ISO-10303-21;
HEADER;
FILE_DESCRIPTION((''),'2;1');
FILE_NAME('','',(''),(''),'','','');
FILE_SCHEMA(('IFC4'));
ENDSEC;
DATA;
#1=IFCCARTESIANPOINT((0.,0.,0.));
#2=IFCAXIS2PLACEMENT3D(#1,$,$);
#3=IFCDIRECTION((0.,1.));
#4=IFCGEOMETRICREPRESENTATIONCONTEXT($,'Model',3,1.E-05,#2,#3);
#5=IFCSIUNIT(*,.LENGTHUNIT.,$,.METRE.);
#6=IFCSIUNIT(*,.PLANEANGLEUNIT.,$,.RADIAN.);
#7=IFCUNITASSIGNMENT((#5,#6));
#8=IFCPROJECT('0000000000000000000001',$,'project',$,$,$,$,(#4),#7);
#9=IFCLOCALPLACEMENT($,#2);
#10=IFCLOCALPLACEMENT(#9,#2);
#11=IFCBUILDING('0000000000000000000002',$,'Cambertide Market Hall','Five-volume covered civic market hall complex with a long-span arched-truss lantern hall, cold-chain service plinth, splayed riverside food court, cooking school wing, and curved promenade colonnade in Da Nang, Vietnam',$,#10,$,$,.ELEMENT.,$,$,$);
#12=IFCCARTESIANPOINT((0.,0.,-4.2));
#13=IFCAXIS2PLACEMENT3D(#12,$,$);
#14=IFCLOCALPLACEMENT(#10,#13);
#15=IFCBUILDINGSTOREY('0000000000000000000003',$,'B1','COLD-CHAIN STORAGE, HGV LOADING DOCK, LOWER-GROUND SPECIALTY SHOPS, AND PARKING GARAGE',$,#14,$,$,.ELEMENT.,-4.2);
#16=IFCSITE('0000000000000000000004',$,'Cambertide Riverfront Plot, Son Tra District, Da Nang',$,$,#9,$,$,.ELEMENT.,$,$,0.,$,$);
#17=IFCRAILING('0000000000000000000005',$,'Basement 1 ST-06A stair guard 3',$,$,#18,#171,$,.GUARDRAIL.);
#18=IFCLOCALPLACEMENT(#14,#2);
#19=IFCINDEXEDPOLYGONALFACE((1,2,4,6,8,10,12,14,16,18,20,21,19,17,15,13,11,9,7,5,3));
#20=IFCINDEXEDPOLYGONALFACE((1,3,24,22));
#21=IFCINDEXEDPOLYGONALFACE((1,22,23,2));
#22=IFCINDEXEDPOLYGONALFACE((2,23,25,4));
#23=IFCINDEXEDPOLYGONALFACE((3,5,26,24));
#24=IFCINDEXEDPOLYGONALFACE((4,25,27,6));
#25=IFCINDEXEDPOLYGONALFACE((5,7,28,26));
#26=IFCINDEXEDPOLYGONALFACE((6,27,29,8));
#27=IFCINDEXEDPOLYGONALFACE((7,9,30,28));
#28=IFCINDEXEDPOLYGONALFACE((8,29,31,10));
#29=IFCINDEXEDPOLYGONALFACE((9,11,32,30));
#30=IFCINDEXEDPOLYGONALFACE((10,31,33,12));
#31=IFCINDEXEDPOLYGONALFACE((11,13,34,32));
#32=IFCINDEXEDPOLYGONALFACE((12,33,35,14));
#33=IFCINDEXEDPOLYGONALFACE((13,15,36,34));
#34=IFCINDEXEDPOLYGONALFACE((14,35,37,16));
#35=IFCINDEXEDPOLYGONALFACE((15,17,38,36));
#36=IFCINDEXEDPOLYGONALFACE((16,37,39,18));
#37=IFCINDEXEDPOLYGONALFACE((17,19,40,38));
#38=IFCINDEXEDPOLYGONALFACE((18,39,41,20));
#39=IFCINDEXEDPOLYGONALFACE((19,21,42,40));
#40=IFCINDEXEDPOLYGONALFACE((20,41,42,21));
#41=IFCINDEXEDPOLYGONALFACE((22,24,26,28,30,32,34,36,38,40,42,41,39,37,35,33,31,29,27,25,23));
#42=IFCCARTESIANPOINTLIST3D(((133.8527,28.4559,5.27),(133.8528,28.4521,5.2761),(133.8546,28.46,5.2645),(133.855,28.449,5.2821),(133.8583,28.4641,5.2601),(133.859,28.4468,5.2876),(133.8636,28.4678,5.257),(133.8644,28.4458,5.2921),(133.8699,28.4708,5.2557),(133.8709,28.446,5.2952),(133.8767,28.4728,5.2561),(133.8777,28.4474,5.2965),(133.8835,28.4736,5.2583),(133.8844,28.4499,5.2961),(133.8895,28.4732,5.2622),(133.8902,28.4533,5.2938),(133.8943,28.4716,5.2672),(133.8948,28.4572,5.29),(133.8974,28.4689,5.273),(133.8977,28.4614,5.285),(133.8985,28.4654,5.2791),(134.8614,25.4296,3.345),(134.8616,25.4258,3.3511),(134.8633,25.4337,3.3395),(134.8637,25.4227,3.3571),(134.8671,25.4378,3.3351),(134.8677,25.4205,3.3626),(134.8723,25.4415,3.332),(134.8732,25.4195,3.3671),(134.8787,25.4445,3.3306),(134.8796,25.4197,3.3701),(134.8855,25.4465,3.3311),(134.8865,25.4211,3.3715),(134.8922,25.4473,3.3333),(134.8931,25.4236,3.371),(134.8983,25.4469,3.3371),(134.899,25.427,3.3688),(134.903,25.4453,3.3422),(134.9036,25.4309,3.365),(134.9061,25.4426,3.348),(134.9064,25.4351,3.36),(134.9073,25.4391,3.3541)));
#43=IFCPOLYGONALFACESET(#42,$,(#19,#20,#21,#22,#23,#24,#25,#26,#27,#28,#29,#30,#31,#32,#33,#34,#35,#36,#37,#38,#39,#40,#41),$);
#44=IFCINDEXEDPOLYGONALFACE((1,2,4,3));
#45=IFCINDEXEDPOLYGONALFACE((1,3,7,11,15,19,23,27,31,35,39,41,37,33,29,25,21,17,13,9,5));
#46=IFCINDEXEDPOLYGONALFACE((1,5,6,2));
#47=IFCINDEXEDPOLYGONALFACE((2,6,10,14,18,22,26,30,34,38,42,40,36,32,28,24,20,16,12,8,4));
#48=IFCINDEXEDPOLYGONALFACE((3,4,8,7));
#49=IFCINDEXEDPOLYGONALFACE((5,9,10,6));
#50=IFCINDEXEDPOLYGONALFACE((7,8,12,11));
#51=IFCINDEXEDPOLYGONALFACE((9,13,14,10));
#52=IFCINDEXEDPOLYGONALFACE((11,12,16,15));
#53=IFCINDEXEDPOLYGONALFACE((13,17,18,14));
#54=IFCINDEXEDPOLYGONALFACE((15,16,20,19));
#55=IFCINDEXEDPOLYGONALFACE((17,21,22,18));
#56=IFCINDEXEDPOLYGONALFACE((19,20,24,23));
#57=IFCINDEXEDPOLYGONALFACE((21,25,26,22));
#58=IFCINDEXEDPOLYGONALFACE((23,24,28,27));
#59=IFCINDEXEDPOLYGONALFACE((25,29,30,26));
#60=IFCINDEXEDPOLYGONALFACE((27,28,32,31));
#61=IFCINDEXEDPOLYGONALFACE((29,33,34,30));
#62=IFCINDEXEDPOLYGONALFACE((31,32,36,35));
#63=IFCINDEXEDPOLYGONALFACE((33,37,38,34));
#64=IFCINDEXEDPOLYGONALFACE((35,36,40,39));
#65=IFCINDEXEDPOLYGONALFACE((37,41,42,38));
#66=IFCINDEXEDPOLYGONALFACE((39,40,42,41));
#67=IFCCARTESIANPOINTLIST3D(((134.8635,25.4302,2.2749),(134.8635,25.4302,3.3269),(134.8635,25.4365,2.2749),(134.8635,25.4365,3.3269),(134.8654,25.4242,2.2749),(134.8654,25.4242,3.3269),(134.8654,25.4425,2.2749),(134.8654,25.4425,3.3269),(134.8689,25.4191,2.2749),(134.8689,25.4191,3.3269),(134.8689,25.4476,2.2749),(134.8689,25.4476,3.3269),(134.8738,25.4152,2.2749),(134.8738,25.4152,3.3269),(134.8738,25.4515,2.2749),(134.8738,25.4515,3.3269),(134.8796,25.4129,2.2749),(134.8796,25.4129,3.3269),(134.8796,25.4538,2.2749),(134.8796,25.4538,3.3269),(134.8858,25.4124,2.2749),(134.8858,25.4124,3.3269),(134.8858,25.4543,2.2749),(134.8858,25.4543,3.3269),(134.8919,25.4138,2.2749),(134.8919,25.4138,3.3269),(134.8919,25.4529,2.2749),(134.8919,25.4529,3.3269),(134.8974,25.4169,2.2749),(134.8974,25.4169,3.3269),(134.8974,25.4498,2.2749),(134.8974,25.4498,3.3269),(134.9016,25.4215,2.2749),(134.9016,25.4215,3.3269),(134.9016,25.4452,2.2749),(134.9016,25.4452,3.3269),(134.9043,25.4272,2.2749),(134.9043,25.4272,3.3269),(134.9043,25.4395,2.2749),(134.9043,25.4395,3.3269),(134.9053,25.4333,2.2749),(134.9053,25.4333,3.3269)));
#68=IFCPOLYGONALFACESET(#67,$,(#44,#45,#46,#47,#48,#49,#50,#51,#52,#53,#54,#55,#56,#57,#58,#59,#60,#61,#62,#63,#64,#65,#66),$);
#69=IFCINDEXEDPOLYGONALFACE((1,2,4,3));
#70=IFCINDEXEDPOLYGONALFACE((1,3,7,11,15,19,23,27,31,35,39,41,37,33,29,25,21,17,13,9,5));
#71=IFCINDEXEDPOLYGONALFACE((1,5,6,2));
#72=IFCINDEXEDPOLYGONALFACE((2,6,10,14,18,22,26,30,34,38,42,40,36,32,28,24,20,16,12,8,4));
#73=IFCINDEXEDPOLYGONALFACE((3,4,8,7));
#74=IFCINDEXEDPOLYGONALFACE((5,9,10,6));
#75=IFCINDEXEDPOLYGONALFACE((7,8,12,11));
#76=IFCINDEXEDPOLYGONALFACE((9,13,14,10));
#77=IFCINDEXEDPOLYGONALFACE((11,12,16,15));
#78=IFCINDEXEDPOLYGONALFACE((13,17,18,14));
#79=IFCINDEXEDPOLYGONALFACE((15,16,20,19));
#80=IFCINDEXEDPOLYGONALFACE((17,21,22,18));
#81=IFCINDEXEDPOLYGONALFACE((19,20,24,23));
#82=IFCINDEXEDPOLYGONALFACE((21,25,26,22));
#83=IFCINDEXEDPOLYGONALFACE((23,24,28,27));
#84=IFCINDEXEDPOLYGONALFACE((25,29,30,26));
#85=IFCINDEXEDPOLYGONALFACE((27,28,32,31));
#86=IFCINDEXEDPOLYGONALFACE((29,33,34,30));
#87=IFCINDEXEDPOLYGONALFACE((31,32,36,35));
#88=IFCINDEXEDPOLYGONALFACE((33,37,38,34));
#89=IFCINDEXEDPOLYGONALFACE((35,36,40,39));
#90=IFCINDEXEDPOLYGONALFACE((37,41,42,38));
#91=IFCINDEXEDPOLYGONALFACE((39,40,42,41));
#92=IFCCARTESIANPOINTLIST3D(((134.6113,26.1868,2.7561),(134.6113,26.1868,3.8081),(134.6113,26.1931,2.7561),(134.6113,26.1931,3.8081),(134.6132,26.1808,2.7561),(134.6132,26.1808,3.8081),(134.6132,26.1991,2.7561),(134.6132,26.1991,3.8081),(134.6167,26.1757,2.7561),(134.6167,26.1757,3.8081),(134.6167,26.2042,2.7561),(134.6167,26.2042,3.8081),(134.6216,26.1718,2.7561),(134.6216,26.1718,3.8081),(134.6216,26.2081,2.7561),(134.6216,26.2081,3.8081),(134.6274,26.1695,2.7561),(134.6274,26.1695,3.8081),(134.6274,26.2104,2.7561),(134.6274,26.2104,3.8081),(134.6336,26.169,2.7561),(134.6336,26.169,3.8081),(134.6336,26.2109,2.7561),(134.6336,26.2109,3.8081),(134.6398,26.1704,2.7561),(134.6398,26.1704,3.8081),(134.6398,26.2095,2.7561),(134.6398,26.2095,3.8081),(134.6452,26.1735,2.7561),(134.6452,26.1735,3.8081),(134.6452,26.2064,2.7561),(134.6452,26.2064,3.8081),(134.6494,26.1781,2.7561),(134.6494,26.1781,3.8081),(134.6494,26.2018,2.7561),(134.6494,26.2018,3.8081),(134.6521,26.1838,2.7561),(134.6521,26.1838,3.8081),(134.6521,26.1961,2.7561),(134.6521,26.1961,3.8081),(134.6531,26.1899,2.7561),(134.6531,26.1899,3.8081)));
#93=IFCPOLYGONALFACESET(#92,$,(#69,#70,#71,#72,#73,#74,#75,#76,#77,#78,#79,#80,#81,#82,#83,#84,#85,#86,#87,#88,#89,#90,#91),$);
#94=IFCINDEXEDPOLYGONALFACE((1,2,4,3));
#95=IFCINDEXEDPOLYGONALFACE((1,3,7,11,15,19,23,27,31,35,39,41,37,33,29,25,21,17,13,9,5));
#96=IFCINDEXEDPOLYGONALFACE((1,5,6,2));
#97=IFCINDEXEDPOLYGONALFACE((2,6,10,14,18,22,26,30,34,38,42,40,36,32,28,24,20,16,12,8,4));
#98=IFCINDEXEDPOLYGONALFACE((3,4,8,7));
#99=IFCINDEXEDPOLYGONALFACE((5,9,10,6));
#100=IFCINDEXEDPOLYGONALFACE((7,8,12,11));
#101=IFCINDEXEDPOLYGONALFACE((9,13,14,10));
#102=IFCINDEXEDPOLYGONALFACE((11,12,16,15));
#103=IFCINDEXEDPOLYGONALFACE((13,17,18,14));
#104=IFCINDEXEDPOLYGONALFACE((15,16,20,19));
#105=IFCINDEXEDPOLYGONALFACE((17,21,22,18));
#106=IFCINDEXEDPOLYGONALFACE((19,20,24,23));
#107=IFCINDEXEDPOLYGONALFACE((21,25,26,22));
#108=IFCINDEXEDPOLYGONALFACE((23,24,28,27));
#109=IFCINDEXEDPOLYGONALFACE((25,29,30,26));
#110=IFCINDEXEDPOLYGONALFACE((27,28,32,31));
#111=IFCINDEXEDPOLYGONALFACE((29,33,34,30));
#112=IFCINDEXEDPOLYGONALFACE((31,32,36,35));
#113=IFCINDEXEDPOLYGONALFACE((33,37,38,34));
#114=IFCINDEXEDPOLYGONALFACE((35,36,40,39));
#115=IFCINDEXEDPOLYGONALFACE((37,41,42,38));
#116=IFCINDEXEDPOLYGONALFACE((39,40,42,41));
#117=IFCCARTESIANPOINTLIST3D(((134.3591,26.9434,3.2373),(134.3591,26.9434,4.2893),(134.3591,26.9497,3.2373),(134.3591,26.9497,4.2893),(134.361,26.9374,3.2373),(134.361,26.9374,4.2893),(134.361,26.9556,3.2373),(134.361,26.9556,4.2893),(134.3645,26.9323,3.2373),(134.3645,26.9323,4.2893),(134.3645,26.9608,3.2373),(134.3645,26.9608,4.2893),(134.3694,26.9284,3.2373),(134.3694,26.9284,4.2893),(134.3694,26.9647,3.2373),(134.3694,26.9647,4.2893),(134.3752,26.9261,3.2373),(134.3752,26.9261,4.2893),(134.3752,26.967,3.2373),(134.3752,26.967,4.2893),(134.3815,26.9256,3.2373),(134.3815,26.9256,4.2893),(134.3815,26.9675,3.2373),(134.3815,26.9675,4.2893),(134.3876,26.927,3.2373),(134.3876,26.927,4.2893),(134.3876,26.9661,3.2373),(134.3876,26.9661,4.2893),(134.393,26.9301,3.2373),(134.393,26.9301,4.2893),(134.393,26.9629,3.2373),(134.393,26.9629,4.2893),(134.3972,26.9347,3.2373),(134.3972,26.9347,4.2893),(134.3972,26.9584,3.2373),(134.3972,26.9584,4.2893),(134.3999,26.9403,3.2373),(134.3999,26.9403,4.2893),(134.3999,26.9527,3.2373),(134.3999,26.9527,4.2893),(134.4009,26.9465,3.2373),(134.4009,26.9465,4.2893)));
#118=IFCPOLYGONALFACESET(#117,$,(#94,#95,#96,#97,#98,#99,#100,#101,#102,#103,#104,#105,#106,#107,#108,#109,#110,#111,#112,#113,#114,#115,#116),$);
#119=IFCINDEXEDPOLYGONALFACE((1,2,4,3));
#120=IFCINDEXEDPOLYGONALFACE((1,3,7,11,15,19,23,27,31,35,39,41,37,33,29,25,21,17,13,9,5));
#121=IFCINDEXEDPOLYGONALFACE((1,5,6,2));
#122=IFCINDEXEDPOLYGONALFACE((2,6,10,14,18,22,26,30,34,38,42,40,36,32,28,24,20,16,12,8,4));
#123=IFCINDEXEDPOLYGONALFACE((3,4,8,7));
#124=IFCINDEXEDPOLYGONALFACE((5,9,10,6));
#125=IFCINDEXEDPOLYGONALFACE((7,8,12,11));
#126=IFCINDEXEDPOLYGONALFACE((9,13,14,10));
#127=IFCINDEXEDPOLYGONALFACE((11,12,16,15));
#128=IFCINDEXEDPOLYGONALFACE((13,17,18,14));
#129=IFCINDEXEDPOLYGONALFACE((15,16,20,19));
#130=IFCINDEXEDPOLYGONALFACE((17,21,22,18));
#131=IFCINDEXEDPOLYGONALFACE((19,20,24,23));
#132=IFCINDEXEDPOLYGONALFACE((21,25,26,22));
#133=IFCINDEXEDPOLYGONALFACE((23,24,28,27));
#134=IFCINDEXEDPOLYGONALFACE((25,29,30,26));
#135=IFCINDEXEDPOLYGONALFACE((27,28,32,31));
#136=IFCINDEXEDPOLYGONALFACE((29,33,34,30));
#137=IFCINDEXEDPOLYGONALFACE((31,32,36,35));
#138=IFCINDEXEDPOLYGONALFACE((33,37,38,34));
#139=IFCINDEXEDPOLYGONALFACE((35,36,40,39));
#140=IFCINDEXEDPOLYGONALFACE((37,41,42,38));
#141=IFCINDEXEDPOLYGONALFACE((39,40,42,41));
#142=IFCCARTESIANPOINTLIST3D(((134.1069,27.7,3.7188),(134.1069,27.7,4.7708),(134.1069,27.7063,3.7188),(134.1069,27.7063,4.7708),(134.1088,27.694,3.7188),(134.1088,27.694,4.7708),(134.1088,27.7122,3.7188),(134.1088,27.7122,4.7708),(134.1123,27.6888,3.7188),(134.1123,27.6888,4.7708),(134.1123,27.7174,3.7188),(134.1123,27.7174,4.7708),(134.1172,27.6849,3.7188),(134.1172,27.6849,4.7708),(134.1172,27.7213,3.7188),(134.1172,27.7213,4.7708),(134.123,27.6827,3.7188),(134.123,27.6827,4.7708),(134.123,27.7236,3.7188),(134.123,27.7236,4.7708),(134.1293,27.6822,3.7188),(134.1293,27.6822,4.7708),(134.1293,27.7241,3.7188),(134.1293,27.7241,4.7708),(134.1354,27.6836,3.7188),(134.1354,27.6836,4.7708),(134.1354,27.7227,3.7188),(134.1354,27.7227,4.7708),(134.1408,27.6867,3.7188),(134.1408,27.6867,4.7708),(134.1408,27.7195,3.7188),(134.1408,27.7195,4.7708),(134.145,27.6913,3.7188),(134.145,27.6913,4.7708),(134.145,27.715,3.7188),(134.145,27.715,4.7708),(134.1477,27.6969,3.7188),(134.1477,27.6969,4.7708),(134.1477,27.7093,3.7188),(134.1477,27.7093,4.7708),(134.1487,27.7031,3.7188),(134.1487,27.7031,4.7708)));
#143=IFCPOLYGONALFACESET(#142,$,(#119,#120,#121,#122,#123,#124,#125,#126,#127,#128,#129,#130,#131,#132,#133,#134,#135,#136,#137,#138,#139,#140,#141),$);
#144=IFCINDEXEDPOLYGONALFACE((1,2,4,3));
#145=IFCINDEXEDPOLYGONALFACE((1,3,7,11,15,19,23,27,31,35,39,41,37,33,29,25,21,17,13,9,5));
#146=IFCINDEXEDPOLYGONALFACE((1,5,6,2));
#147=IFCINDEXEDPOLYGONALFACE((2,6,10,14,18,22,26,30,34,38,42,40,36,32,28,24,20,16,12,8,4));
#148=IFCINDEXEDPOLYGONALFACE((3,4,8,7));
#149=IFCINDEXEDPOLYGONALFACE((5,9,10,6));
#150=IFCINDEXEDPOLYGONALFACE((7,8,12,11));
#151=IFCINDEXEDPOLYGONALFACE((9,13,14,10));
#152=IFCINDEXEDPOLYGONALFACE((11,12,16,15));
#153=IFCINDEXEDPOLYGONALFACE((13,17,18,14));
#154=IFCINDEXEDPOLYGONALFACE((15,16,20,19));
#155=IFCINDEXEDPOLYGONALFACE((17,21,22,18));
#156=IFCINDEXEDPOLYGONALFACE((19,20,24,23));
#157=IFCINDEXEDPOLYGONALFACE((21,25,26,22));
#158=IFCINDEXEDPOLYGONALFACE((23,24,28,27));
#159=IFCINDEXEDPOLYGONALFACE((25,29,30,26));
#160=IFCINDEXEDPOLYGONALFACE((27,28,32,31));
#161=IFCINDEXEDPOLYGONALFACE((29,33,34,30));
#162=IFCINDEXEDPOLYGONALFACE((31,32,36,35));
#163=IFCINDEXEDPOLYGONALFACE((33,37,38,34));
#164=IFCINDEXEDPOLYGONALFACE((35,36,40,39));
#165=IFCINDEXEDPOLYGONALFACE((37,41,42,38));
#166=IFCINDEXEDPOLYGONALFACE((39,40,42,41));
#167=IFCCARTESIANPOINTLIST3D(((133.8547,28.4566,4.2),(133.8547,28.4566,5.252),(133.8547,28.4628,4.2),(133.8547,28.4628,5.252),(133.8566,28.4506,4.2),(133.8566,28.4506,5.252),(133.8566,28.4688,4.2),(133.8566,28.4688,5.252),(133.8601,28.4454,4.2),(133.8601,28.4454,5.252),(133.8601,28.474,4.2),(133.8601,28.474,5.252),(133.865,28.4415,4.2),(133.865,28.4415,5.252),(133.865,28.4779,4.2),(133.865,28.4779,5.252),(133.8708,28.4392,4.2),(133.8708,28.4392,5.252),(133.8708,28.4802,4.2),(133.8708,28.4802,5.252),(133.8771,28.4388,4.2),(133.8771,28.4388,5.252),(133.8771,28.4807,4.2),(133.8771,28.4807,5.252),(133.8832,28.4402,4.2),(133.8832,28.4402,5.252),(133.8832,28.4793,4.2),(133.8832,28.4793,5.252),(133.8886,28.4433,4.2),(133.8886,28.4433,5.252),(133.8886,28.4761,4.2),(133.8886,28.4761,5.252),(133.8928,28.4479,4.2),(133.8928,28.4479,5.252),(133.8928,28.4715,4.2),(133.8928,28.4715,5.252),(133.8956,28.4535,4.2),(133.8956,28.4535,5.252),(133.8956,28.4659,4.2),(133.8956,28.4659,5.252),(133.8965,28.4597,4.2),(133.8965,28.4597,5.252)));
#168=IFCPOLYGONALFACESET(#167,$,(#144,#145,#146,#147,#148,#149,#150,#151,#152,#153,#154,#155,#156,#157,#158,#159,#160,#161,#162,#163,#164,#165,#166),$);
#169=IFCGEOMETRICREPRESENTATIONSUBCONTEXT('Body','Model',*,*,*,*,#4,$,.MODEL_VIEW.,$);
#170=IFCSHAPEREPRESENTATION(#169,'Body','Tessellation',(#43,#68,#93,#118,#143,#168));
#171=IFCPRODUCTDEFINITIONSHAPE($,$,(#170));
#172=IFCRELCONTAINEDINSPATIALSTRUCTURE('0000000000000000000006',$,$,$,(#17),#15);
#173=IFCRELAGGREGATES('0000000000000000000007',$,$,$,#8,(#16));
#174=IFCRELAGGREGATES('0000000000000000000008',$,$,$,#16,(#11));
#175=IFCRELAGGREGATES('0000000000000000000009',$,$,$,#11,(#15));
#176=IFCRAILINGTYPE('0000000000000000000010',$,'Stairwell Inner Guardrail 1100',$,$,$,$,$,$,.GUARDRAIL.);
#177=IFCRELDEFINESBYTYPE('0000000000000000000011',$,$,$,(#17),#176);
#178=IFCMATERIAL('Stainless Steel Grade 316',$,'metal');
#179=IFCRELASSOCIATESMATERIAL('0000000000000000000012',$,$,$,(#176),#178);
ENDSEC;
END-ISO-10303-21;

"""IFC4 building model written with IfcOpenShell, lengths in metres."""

from ifc_helpers import new_model, si_unit, direction, frame, origin, origin_2d, place, context, subcontext, project, spatial, circle, extrude, material, type_object, element, save


model = new_model("IFC4")

# Units and contexts
model_context = context("Model", 3, precision=1e-05, world=origin(), true_north=direction((0.0, 1.0)))
body_context = subcontext(model_context, "Body", "Model", "MODEL_VIEW")
ifc_project = project(units=[si_unit("LENGTHUNIT", "METRE"), si_unit("PLANEANGLEUNIT", "RADIAN")], contexts=[model_context])

# Site, building, storey
site_placement = place(None, origin())
site = spatial("IfcSite", under=ifc_project, at=site_placement, Name="Cambertide Riverfront Plot, Son Tra District, Da Nang", CompositionType="ELEMENT", RefElevation=0.0)
building_placement = place(site_placement, origin())
building = spatial("IfcBuilding", under=site, at=building_placement, Name="Cambertide Market Hall", Description="Five-volume covered civic market hall complex with a long-span arched-truss lantern hall, cold-chain service plinth, splayed riverside food court, cooking school wing, and curved promenade colonnade in Da Nang, Vietnam", CompositionType="ELEMENT")
storey_placement = place(building_placement, frame((0.0, 0.0, -4.2)))
storey = spatial("IfcBuildingStorey", under=building, at=storey_placement, Name="B1", Description="COLD-CHAIN STORAGE, HGV LOADING DOCK, LOWER-GROUND SPECIALTY SHOPS, AND PARKING GARAGE", CompositionType="ELEMENT", Elevation=-4.2)

# Railing
ifc_material_1 = material(Name="Stainless Steel Grade 316", Category="metal")
railing_type_1 = type_object("IfcRailingType", Name="Stairwell Inner Guardrail 1100", PredefinedType="GUARDRAIL", material=ifc_material_1)
railing_1_placement = place(storey_placement, frame((134.8843, 25.4333, 2.2749)))
element("IfcRailing", 1, at=railing_1_placement, inside=storey, type_object=railing_type_1, Name="Basement 1 ST-06A stair guard 3", PredefinedType="GUARDRAIL", context=body_context, shape_type="SweptSolid", body=[
    extrude(circle(Radius=0.0239, at=origin_2d()), frame((0.0, 0.0, 1.0762), z_axis=(-0.27075, 0.81225, 0.516666), x_axis=(-0.948683, -0.316228, 0.0)), (0.0, 0.0, 1.0), 3.7258),
    extrude(circle(Radius=0.021, at=origin_2d()), origin(), (0.0, 0.0, 1.0), 1.052),
    extrude(circle(Radius=0.021, at=origin_2d()), frame((-0.2522, 0.7566, 0.4812)), (0.0, 0.0, 1.0), 1.052),
    extrude(circle(Radius=0.021, at=origin_2d()), frame((-0.5044, 1.5132, 0.9624)), (0.0, 0.0, 1.0), 1.052),
    extrude(circle(Radius=0.021, at=origin_2d()), frame((-0.7566, 2.2698, 1.4438)), (0.0, 0.0, 1.0), 1.052),
    extrude(circle(Radius=0.021, at=origin_2d()), frame((-1.0088, 3.0264, 1.925)), (0.0, 0.0, 1.0), 1.052),
])

save(model, "model.ifc")
